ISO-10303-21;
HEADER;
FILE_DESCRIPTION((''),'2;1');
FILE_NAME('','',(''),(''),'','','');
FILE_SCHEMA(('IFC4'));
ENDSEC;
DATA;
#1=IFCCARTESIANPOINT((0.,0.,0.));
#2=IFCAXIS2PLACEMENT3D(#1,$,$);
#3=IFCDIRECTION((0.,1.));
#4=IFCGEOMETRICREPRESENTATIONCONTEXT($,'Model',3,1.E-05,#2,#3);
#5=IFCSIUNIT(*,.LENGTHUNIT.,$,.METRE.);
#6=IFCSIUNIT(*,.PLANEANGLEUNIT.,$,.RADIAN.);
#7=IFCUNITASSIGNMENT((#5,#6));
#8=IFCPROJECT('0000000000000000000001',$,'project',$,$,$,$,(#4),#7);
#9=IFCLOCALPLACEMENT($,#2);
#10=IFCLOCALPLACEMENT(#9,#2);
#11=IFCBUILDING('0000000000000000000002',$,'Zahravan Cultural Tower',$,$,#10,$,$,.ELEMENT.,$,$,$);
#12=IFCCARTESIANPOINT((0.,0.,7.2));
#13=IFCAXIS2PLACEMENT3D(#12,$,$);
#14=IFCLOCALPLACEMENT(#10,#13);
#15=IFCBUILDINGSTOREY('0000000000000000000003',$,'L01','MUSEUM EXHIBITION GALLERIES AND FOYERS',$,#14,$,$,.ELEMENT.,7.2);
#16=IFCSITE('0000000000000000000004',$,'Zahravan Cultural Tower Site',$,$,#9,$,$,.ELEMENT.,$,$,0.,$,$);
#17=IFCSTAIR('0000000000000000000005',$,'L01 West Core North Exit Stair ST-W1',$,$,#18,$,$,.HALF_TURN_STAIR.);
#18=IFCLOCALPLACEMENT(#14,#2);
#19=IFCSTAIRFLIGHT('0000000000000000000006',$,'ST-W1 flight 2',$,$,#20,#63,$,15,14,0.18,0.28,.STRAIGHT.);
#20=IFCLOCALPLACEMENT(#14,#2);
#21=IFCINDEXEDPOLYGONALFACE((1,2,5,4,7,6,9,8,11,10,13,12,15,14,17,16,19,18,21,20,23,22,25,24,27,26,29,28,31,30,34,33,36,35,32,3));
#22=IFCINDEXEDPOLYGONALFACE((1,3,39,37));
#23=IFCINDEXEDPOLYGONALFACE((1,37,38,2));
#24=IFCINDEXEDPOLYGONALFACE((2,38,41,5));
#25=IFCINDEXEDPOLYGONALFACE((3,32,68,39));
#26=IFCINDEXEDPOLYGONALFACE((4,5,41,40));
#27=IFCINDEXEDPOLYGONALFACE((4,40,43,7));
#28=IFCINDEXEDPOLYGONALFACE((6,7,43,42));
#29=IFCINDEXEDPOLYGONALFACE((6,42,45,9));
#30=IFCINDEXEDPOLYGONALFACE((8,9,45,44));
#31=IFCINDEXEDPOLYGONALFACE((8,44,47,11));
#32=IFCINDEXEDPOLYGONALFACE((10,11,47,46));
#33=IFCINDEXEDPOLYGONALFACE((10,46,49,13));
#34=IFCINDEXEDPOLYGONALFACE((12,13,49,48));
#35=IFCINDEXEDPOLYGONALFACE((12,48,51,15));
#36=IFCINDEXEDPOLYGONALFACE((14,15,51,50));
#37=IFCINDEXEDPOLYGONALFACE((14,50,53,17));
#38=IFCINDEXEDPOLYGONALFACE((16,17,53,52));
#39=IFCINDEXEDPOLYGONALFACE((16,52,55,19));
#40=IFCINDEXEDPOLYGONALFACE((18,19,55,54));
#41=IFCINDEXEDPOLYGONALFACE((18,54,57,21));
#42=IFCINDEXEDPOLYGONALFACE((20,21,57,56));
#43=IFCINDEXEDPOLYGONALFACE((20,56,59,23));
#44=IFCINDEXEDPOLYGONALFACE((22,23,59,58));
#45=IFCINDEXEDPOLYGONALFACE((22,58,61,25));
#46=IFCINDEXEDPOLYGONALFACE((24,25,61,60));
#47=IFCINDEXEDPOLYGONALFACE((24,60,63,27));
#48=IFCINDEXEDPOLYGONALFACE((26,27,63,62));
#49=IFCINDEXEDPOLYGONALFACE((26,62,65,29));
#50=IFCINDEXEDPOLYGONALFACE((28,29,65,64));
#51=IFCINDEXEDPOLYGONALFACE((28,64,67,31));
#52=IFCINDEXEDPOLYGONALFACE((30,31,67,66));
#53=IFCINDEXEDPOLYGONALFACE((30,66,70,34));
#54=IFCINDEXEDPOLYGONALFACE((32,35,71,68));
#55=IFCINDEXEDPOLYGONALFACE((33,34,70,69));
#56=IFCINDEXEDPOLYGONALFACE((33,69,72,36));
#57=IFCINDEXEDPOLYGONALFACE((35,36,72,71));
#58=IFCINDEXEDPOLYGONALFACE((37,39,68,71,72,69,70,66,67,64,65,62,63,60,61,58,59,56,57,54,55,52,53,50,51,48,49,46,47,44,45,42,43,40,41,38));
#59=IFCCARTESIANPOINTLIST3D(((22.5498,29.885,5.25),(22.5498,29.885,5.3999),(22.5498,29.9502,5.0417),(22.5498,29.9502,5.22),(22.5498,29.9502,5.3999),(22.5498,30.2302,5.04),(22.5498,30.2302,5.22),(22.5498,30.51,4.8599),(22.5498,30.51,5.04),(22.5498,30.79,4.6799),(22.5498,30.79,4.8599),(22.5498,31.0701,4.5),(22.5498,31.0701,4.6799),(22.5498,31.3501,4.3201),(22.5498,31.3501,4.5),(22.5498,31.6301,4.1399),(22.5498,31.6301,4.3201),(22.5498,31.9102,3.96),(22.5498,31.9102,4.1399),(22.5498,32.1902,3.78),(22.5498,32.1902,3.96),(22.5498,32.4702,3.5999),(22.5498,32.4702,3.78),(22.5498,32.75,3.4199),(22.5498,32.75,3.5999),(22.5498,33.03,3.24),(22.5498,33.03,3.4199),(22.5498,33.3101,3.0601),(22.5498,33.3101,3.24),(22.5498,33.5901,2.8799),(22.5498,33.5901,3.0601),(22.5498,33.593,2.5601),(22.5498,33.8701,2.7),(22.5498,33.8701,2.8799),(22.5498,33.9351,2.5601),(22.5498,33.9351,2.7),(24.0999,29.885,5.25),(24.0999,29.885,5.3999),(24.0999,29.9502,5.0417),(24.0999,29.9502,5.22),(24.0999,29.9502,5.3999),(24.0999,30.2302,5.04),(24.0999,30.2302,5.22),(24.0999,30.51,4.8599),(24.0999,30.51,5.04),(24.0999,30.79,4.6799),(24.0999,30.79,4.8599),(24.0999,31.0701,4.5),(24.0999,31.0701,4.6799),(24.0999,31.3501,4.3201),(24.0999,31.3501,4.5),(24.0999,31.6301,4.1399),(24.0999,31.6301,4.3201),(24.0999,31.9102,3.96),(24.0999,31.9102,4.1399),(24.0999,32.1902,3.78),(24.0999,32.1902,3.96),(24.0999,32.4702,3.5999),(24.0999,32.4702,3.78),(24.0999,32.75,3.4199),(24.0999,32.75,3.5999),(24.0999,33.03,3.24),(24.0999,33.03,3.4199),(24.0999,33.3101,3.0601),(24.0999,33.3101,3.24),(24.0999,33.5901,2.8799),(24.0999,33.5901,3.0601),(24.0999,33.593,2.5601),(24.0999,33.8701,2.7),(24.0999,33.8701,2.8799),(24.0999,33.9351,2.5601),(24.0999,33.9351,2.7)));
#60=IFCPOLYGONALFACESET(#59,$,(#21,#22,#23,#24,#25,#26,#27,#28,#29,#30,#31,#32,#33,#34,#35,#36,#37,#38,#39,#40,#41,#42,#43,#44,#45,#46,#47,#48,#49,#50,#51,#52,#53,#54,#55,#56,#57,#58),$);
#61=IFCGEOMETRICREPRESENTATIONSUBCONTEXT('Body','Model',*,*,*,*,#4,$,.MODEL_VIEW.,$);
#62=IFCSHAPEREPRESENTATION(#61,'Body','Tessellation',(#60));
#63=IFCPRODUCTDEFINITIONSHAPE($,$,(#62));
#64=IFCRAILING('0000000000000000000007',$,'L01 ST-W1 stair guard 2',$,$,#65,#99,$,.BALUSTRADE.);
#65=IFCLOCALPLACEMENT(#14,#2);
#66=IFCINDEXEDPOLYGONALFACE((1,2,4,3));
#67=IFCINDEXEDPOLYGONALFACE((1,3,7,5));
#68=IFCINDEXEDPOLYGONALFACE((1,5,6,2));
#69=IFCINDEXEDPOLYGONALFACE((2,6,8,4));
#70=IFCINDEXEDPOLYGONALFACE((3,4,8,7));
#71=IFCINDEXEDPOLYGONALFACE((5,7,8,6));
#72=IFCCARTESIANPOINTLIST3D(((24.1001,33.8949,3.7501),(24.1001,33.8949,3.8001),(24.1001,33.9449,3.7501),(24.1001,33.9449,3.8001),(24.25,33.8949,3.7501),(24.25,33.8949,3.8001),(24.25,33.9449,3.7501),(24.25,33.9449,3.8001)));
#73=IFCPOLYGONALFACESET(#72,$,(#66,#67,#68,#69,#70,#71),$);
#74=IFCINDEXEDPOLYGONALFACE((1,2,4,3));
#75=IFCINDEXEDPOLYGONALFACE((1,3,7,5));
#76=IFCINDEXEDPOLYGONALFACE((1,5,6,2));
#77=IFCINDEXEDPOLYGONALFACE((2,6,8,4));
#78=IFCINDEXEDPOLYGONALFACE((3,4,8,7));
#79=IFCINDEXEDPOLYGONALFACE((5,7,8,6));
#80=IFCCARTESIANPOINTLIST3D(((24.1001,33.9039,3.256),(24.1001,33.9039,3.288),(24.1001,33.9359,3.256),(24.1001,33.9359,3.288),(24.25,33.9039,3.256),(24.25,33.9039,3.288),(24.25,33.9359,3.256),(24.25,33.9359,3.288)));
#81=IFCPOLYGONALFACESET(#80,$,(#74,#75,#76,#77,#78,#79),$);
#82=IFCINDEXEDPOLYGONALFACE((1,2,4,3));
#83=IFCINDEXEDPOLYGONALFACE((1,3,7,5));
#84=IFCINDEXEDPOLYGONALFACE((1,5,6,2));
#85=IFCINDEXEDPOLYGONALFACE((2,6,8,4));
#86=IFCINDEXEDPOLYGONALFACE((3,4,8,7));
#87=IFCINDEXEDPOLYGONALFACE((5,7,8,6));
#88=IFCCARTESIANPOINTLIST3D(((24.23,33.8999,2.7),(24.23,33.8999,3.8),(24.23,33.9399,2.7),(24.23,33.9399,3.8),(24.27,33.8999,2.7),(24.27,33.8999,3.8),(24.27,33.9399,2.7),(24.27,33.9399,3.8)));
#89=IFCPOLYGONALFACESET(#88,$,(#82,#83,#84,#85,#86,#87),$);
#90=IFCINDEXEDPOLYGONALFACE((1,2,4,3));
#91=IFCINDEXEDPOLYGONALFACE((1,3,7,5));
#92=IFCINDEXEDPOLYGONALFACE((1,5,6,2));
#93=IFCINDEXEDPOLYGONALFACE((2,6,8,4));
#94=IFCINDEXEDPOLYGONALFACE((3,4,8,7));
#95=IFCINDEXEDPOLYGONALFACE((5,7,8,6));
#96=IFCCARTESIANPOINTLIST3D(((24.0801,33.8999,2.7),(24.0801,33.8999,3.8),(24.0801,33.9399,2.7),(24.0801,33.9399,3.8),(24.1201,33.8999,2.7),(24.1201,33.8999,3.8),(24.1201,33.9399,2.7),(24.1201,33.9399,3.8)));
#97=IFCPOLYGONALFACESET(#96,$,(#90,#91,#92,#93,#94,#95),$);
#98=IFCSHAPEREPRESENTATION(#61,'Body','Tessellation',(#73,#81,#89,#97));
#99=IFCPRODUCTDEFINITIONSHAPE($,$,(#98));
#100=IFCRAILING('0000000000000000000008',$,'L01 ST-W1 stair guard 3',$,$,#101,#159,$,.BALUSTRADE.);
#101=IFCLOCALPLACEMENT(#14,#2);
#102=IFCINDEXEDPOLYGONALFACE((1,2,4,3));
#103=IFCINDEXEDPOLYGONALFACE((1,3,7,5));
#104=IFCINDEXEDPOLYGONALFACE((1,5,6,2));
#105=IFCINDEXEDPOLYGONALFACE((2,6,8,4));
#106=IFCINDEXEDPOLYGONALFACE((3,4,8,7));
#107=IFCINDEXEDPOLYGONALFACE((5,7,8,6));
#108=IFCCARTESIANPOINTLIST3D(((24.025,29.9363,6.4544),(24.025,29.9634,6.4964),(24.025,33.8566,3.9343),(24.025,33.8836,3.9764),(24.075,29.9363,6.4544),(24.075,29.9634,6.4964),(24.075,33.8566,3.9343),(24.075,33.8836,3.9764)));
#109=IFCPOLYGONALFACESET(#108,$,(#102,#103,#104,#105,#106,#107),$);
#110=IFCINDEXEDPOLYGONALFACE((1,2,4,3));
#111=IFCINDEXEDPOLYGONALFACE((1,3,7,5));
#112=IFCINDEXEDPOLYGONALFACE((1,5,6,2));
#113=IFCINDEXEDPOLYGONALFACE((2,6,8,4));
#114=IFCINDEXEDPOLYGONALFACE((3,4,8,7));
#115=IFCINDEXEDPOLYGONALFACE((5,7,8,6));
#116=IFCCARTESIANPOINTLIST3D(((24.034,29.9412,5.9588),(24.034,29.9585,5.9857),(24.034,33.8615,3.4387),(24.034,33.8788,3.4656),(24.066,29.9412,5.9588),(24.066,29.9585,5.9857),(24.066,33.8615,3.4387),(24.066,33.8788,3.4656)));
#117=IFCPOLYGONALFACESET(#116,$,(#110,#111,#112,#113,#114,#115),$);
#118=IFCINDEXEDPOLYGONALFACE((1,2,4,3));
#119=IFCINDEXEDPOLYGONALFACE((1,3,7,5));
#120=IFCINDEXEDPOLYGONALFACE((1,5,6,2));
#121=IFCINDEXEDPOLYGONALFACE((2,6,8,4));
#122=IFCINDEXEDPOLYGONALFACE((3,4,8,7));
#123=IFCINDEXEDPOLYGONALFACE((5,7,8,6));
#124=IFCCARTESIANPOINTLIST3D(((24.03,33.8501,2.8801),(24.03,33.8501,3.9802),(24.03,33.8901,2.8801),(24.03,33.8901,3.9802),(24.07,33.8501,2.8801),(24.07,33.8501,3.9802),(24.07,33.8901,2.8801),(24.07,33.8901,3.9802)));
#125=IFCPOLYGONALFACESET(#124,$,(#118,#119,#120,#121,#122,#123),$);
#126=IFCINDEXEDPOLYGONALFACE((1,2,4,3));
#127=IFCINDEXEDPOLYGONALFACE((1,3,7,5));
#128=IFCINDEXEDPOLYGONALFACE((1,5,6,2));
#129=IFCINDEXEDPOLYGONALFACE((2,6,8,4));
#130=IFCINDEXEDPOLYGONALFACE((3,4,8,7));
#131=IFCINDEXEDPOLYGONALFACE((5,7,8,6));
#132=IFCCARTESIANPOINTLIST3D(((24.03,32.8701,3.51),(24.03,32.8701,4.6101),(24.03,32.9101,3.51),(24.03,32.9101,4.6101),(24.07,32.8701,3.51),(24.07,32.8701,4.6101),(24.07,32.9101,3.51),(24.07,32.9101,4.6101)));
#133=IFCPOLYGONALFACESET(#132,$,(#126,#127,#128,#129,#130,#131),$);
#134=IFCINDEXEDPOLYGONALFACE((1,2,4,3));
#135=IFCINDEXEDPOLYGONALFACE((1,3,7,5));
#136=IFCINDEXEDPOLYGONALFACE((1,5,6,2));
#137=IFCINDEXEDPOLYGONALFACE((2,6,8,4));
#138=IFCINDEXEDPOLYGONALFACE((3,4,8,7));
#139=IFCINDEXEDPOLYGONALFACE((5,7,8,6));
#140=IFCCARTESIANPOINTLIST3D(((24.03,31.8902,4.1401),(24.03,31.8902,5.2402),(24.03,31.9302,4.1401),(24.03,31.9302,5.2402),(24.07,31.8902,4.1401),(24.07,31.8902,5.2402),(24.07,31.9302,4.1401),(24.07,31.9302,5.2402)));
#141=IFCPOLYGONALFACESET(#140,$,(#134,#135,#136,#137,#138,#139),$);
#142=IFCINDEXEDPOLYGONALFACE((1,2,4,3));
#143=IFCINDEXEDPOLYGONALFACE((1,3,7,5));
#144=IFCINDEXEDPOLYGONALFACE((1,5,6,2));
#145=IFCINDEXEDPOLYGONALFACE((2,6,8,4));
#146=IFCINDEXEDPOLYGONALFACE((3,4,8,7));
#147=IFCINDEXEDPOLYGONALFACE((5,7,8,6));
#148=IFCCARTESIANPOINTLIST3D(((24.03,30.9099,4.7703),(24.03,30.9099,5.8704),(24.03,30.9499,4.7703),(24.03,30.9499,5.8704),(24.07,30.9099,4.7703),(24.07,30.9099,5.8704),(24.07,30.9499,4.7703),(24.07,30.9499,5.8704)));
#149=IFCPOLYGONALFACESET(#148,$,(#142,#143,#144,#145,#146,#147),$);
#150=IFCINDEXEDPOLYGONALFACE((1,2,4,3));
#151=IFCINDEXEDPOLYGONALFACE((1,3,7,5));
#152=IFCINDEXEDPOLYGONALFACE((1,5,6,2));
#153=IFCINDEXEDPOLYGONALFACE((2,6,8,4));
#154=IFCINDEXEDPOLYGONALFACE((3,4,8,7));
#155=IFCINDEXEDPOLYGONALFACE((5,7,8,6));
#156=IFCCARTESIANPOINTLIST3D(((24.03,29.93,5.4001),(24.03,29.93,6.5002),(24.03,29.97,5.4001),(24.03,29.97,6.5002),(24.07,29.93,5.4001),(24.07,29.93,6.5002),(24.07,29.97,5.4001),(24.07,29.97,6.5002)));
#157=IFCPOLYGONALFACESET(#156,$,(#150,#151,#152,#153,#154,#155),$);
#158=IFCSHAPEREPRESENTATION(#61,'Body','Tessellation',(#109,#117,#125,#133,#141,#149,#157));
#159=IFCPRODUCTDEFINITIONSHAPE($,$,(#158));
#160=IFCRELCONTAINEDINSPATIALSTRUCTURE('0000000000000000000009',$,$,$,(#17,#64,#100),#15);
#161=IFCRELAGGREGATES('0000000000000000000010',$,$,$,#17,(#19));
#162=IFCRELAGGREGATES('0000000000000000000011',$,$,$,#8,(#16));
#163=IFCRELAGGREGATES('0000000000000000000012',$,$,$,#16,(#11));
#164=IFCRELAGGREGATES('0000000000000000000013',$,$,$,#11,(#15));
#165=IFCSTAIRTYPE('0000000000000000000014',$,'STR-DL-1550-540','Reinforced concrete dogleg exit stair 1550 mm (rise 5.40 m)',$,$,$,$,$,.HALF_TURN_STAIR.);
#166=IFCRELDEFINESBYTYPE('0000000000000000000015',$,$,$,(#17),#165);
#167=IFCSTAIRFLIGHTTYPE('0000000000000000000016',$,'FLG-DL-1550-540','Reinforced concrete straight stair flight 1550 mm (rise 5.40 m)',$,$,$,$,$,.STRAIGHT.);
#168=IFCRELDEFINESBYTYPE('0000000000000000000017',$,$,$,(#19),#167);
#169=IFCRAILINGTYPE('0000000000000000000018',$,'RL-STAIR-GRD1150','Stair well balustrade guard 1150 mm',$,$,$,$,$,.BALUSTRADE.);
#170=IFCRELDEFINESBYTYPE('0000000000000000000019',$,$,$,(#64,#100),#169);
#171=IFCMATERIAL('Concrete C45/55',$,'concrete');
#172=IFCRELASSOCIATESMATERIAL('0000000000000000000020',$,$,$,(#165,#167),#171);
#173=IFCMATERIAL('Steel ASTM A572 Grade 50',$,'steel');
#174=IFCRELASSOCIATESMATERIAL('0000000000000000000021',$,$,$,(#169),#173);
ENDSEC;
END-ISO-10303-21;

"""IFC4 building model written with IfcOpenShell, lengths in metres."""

from ifc_helpers import new_model, si_unit, direction, frame, origin, origin_2d, place, context, subcontext, project, spatial, polyline, rectangle, outline, extrude, material, type_object, element, aggregate, save


model = new_model("IFC4")

# Units and contexts
model_context = context("Model", 3, precision=1e-05, world=origin(), true_north=direction((0.0, 1.0)))
body_context = subcontext(model_context, "Body", "Model", "MODEL_VIEW")
ifc_project = project(units=[si_unit("LENGTHUNIT", "METRE"), si_unit("PLANEANGLEUNIT", "RADIAN")], contexts=[model_context])

# Site, building, storey
site_placement = place(None, origin())
site = spatial("IfcSite", under=ifc_project, at=site_placement, Name="Zahravan Cultural Tower Site", CompositionType="ELEMENT", RefElevation=0.0)
building_placement = place(site_placement, origin())
building = spatial("IfcBuilding", under=site, at=building_placement, Name="Zahravan Cultural Tower", CompositionType="ELEMENT")
storey_placement = place(building_placement, frame((0.0, 0.0, 7.2)))
storey = spatial("IfcBuildingStorey", under=building, at=storey_placement, Name="L01", Description="MUSEUM EXHIBITION GALLERIES AND FOYERS", CompositionType="ELEMENT", Elevation=7.2)

# Shared definitions
ifc_material_1 = material(Name="Steel ASTM A572 Grade 50", Category="steel")

# Shared definitions
ifc_material_2 = material(Name="Concrete C45/55", Category="concrete")

# Stair, stair flight
stair_type = type_object("IfcStairType", Name="STR-DL-1550-540", Description="Reinforced concrete dogleg exit stair 1550 mm (rise 5.40 m)", PredefinedType="HALF_TURN_STAIR", material=ifc_material_2)
stair_placement = place(storey_placement, origin())
stair = element("IfcStair", 1, at=stair_placement, inside=storey, type_object=stair_type, Name="L01 West Core North Exit Stair ST-W1", PredefinedType="HALF_TURN_STAIR")
stair_flight_type = type_object("IfcStairFlightType", Name="FLG-DL-1550-540", Description="Reinforced concrete straight stair flight 1550 mm (rise 5.40 m)", PredefinedType="STRAIGHT", material=ifc_material_2)
stair_flight_placement = place(storey_placement, frame((23.325, 33.8701, 2.7), z_axis=(0.0, 0.0, 1.0), x_axis=(0.0, -1.0, 0.0)))
stair_flight = element("IfcStairFlight", 2, at=stair_flight_placement, type_object=stair_flight_type, Name="ST-W1 flight 2", NumberOfRisers=15, NumberOfTreads=14, PredefinedType="STRAIGHT", RiserHeight=0.18, TreadLength=0.28, context=body_context, shape_type="SweptSolid", body=[
    extrude(outline(polyline([(-0.0649, -0.1399), (-0.0649, 0.0), (0.0, 0.0), (0.0, 0.1799), (0.28, 0.1799), (0.28, 0.3601), (0.5601, 0.3601), (0.5601, 0.54), (0.8401, 0.54), (0.8401, 0.72), (1.1201, 0.72), (1.1201, 0.8999), (1.3999, 0.8999), (1.3999, 1.0801), (1.6799, 1.0801), (1.6799, 1.26), (1.96, 1.26), (1.96, 1.4399), (2.24, 1.4399), (2.24, 1.6201), (2.52, 1.6201), (2.52, 1.8), (2.8, 1.8), (2.8, 1.98), (3.0801, 1.98), (3.0801, 2.1599), (3.3601, 2.1599), (3.3601, 2.3401), (3.6399, 2.3401), (3.6399, 2.52), (3.9199, 2.52), (3.9199, 2.7), (3.9851, 2.7), (3.9851, 2.55), (3.9199, 2.3418), (0.2771, -0.1399), (-0.0649, -0.1399)])), frame((0.0, 0.7749, 0.0), z_axis=(0.0, -1.0, 0.0), x_axis=(1.0, 0.0, 0.0)), (0.0, 0.0, 1.0), 1.55),
])
aggregate(stair, [stair_flight])

# Railings
railing_type_1 = type_object("IfcRailingType", Name="RL-STAIR-GRD1150", Description="Stair well balustrade guard 1150 mm", PredefinedType="BALUSTRADE", material=ifc_material_1)
railing_1_placement = place(storey_placement, frame((24.25, 33.9199, 2.7)))
element("IfcRailing", 3, at=railing_1_placement, inside=storey, type_object=railing_type_1, Name="L01 ST-W1 stair guard 2", PredefinedType="BALUSTRADE", context=body_context, shape_type="SweptSolid", body=[
    extrude(rectangle(XDim=0.05, YDim=0.05, at=origin_2d()), frame((0.0, 0.0, 1.0752), z_axis=(-1.0, 0.0, 0.0), x_axis=(0.0, -1.0, 0.0)), (0.0, 0.0, 1.0), 0.1499),
    extrude(rectangle(XDim=0.032, YDim=0.032, at=origin_2d()), frame((0.0, 0.0, 0.572), z_axis=(-1.0, 0.0, 0.0), x_axis=(0.0, -1.0, 0.0)), (0.0, 0.0, 1.0), 0.1499),
    extrude(rectangle(XDim=0.04, YDim=0.04, at=origin_2d()), origin(), (0.0, 0.0, 1.0), 1.1001),
    extrude(rectangle(XDim=0.04, YDim=0.04, at=origin_2d()), frame((-0.1499, 0.0, 0.0)), (0.0, 0.0, 1.0), 1.1001),
])
railing_2_placement = place(storey_placement, frame((24.05, 33.8701, 2.8801)))
element("IfcRailing", 4, at=railing_2_placement, inside=storey, type_object=railing_type_1, Name="L01 ST-W1 stair guard 3", PredefinedType="BALUSTRADE", context=body_context, shape_type="SweptSolid", body=[
    extrude(rectangle(XDim=0.05, YDim=0.05, at=origin_2d()), frame((0.0, 0.0, 1.0752), z_axis=(0.0, -0.841187, 0.540744), x_axis=(1.0, 0.0, 0.0)), (0.0, 0.0, 1.0), 4.6604),
    extrude(rectangle(XDim=0.032, YDim=0.032, at=origin_2d()), frame((0.0, 0.0, 0.572), z_axis=(0.0, -0.841187, 0.540744), x_axis=(1.0, 0.0, 0.0)), (0.0, 0.0, 1.0), 4.6604),
    extrude(rectangle(XDim=0.04, YDim=0.04, at=origin_2d()), origin(), (0.0, 0.0, 1.0), 1.1001),
    extrude(rectangle(XDim=0.04, YDim=0.04, at=origin_2d()), frame((0.0, -0.98, 0.6299)), (0.0, 0.0, 1.0), 1.1001),
    extrude(rectangle(XDim=0.04, YDim=0.04, at=origin_2d()), frame((0.0, -1.96, 1.26)), (0.0, 0.0, 1.0), 1.1001),
    extrude(rectangle(XDim=0.04, YDim=0.04, at=origin_2d()), frame((0.0, -2.9402, 1.8901)), (0.0, 0.0, 1.0), 1.1001),
    extrude(rectangle(XDim=0.04, YDim=0.04, at=origin_2d()), frame((0.0, -3.9202, 2.52)), (0.0, 0.0, 1.0), 1.1001),
])

save(model, "model.ifc")
